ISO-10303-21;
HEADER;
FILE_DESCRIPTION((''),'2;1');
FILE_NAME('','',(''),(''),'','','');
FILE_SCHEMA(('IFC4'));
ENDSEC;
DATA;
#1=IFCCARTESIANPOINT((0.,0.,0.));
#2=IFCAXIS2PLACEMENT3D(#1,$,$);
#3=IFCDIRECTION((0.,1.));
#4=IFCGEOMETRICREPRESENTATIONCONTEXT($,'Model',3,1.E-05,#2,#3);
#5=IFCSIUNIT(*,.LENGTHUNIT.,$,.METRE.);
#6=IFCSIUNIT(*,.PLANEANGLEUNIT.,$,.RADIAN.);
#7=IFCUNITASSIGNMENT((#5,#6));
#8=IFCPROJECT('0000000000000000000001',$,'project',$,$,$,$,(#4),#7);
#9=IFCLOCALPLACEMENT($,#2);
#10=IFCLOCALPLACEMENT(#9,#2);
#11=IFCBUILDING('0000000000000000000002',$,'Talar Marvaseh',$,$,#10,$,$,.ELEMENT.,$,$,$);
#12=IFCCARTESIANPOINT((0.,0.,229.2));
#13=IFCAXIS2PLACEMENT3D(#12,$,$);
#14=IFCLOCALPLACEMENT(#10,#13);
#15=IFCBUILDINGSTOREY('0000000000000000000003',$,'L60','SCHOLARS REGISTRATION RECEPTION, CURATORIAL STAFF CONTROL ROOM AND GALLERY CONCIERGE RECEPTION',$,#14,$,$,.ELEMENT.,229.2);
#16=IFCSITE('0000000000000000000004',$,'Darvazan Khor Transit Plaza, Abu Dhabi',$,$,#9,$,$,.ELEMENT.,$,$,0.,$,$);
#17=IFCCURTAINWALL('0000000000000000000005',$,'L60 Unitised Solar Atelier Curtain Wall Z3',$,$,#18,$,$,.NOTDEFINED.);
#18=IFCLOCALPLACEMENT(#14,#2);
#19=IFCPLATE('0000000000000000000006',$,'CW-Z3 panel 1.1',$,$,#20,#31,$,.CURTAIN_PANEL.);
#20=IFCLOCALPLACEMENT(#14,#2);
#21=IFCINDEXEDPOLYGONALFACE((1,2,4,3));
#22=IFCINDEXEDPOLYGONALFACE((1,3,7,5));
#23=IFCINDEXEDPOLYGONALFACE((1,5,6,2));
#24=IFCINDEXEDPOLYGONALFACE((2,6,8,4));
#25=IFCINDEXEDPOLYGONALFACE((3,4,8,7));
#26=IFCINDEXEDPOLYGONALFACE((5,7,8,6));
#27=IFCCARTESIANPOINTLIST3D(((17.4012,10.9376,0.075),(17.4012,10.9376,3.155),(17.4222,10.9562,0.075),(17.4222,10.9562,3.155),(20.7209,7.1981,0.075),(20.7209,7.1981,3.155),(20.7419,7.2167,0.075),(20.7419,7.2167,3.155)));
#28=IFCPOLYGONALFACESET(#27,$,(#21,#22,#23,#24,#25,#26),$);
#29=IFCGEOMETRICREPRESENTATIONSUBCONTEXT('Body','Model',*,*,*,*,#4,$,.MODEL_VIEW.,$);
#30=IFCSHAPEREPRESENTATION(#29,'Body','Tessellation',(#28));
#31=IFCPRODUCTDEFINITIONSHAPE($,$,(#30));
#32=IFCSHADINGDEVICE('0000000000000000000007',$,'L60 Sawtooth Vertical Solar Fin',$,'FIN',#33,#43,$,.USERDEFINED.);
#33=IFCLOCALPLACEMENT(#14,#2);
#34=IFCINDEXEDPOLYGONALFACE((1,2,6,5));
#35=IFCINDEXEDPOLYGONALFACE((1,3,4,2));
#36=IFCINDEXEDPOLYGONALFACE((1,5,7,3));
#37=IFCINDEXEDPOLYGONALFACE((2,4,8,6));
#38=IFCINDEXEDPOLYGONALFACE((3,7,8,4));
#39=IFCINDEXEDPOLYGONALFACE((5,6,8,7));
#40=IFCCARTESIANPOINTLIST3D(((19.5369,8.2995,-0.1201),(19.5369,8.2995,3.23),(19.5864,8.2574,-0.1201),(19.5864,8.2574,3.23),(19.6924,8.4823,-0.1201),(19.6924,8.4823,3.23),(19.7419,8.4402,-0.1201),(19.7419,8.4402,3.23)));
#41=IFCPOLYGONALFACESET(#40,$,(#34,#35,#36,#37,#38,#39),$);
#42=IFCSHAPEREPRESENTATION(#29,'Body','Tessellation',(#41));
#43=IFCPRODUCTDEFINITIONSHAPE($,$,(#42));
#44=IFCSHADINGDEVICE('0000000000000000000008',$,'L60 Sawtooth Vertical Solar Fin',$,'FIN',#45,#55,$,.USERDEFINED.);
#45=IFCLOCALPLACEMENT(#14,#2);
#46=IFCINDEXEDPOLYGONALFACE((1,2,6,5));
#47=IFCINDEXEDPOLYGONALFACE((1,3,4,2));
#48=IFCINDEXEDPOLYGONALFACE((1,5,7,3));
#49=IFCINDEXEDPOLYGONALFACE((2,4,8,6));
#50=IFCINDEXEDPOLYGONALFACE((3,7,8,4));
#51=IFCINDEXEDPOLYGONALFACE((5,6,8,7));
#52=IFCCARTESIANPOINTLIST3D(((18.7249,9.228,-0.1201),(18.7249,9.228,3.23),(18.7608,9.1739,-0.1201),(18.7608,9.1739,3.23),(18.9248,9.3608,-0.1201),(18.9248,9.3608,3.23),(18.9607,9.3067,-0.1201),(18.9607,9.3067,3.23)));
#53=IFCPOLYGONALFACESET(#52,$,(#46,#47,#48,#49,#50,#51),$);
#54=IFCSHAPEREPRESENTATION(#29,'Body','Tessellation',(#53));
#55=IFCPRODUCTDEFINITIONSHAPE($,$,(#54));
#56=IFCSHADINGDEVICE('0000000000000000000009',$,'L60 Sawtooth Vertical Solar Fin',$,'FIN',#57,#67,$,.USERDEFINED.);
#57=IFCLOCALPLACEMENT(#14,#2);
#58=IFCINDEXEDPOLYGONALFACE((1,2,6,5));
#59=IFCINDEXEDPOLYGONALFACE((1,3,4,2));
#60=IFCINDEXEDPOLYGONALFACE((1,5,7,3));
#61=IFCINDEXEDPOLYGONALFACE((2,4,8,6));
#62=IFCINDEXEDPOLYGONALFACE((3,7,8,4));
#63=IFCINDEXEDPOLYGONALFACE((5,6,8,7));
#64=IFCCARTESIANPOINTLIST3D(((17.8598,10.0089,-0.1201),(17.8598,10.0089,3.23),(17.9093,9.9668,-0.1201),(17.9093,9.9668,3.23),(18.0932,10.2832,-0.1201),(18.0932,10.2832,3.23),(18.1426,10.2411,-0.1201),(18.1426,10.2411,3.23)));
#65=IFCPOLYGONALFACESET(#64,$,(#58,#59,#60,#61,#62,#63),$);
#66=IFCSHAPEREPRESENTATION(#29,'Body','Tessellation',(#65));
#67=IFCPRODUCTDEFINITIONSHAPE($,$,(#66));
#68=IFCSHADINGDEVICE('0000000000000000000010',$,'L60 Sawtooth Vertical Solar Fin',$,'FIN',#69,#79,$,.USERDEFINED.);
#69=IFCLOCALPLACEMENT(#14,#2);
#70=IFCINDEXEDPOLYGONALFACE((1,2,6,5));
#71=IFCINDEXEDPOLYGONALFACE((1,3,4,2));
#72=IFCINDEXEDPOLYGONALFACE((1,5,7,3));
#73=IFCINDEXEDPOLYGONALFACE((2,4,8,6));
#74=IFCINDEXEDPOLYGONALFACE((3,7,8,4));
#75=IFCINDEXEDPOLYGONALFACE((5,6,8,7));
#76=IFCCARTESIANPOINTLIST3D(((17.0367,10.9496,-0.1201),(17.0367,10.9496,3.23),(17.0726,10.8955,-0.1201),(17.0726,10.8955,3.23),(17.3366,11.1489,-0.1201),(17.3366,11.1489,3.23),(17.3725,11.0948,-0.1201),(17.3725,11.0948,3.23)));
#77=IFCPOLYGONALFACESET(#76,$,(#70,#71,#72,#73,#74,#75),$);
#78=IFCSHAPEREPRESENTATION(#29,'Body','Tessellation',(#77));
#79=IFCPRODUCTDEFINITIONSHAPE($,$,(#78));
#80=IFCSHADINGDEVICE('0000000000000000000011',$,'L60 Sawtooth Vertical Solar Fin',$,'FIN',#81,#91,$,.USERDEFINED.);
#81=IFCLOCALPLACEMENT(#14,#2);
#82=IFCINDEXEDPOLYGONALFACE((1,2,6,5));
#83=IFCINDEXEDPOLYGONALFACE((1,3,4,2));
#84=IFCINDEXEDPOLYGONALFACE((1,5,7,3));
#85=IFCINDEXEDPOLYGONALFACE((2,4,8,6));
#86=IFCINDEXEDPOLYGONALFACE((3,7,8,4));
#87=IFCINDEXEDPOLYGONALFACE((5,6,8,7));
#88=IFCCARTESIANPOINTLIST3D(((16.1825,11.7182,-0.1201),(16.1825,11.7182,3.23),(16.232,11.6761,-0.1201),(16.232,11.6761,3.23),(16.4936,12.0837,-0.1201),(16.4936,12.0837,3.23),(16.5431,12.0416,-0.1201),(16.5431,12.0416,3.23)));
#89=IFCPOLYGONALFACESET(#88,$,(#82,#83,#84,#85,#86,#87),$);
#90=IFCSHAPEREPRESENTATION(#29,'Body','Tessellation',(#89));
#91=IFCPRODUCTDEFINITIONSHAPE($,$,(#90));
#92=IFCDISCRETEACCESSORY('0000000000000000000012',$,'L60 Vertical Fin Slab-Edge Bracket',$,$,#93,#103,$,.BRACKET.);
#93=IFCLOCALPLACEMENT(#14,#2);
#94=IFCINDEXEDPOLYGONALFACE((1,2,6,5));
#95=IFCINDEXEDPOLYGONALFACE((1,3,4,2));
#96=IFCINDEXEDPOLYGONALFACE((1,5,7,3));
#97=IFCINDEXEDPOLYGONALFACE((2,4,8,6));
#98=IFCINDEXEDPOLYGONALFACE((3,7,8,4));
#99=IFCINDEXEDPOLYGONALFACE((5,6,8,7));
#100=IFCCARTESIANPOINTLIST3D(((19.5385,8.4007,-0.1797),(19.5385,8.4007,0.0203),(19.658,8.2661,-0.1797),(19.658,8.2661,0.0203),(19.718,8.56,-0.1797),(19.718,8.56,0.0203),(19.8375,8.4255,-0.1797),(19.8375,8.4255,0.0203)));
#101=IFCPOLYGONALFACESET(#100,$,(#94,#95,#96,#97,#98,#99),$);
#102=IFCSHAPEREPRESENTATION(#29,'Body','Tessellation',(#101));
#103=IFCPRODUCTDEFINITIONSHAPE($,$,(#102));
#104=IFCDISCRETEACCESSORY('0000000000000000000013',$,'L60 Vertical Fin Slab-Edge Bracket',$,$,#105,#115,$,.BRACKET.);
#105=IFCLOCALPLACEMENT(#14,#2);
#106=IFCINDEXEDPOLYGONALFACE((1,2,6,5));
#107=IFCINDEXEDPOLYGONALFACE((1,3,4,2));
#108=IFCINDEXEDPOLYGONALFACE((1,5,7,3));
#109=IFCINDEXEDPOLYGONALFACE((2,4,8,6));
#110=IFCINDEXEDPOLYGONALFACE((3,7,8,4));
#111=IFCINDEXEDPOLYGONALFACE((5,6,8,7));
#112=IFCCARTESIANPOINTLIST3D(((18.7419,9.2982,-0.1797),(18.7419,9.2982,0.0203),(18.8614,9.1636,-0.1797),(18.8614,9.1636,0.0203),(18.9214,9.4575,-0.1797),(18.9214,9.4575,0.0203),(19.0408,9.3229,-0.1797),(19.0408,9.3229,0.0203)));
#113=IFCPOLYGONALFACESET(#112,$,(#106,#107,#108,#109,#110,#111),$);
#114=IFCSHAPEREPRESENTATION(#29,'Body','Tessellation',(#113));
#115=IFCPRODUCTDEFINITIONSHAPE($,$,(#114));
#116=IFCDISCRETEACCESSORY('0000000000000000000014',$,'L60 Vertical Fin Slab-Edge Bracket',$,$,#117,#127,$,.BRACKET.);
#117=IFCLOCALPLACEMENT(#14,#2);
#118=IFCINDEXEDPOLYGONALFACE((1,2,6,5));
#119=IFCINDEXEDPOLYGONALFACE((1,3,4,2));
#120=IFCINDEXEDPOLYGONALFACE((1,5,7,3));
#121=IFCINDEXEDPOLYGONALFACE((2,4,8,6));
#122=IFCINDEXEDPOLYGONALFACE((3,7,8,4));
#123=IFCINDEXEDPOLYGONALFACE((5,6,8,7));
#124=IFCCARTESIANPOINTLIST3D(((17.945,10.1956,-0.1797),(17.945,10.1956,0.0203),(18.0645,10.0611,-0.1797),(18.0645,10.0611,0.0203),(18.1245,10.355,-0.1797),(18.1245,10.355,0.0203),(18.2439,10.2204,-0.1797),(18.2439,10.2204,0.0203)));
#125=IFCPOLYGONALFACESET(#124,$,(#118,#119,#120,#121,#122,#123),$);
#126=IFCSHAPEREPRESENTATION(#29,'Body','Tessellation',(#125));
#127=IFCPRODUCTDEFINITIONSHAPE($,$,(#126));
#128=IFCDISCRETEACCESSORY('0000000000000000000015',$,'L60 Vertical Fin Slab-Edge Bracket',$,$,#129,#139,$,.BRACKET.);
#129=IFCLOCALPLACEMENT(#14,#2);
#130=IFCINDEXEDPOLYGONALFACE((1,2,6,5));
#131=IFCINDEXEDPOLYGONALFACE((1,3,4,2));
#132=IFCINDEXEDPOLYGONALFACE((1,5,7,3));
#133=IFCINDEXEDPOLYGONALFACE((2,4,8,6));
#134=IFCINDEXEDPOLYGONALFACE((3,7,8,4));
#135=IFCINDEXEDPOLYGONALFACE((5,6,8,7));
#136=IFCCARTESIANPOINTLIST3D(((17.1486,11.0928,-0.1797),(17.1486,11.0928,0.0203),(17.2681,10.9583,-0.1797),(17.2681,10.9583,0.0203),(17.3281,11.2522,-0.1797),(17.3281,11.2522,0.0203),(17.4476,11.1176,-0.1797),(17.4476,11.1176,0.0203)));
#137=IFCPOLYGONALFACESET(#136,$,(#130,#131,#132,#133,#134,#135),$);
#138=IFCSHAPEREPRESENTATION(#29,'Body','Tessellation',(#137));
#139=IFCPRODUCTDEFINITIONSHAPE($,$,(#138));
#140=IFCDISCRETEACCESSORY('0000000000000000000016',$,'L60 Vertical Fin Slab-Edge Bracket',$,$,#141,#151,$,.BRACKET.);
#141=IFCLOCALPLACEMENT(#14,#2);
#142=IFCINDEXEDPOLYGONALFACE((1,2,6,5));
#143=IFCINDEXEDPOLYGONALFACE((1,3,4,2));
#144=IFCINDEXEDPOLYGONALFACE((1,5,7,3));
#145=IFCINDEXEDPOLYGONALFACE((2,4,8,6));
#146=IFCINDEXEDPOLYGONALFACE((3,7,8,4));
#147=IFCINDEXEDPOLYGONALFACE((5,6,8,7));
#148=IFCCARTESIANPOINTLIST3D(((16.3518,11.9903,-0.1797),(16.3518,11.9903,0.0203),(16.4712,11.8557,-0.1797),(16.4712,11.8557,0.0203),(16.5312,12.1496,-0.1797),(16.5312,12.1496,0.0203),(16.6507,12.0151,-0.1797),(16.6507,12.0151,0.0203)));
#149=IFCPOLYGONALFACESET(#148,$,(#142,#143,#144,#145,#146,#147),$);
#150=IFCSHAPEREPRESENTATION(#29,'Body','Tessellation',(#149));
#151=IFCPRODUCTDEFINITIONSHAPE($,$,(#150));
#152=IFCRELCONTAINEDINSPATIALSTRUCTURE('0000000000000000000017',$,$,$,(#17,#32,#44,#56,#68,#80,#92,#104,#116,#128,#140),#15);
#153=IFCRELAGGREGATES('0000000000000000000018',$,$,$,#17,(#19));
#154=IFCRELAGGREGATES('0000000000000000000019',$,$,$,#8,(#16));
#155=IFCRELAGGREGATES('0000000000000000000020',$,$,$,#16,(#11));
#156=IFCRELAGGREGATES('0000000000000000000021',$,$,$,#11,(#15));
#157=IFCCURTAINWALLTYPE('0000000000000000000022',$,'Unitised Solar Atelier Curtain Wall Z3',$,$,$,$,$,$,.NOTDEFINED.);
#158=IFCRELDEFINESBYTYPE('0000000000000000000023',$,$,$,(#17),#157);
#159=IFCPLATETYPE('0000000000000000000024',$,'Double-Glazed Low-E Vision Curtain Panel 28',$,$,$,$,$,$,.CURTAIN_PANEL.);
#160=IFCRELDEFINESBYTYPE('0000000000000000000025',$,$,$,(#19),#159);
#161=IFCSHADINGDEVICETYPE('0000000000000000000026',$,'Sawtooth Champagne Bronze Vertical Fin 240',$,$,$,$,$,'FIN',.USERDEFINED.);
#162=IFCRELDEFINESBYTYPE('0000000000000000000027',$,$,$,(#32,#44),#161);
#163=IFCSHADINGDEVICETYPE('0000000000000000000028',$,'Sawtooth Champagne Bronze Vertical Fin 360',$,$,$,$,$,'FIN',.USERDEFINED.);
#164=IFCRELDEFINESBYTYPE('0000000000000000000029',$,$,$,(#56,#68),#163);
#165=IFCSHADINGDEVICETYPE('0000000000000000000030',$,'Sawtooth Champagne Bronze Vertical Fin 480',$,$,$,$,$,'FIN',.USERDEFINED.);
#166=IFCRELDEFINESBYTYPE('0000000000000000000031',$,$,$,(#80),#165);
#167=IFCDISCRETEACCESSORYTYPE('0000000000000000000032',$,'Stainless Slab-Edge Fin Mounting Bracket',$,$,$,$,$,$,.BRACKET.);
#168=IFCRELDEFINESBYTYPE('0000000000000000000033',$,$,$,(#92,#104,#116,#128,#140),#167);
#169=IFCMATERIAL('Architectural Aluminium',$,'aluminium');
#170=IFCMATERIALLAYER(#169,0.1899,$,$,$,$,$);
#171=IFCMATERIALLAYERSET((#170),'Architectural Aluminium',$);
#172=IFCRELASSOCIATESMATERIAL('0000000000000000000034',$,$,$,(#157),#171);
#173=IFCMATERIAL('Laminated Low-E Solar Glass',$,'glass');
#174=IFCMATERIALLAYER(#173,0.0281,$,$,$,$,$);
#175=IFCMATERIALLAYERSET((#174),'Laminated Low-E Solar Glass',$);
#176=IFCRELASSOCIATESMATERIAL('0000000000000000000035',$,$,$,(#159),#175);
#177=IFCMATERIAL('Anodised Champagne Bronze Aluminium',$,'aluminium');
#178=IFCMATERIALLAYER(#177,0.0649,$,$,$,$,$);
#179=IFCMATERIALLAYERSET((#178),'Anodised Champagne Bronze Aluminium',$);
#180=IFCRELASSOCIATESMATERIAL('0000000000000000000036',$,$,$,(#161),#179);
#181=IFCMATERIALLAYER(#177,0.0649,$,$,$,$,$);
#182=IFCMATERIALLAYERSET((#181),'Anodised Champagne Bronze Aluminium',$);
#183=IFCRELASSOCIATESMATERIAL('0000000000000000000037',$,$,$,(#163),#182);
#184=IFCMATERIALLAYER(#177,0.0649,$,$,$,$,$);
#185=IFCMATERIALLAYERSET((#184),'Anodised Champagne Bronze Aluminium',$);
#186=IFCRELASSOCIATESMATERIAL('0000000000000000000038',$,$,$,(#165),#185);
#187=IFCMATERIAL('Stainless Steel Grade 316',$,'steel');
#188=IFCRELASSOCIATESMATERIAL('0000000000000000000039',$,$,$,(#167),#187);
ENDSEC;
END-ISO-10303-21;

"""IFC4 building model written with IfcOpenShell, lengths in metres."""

from ifc_helpers import new_model, si_unit, direction, frame, origin, origin_2d, place, context, subcontext, project, spatial, rectangle, extrude, source, transform, mapped, material, layer, layer_set, type_object, type_shapes, element, aggregate, save


model = new_model("IFC4")

# Units and contexts
model_context = context("Model", 3, precision=1e-05, world=origin(), true_north=direction((0.0, 1.0)))
body_context = subcontext(model_context, "Body", "Model", "MODEL_VIEW")
ifc_project = project(units=[si_unit("LENGTHUNIT", "METRE"), si_unit("PLANEANGLEUNIT", "RADIAN")], contexts=[model_context])

# Site, building, storey
site_placement = place(None, origin())
site = spatial("IfcSite", under=ifc_project, at=site_placement, Name="Darvazan Khor Transit Plaza, Abu Dhabi", CompositionType="ELEMENT", RefElevation=0.0)
building_placement = place(site_placement, origin())
building = spatial("IfcBuilding", under=site, at=building_placement, Name="Talar Marvaseh", CompositionType="ELEMENT")
storey_placement = place(building_placement, frame((0.0, 0.0, 229.2)))
storey = spatial("IfcBuildingStorey", under=building, at=storey_placement, Name="L60", Description="SCHOLARS REGISTRATION RECEPTION, CURATORIAL STAFF CONTROL ROOM AND GALLERY CONCIERGE RECEPTION", CompositionType="ELEMENT", Elevation=229.2)

# Curtain wall, plate
ifc_material_1 = material(Name="Architectural Aluminium", Category="aluminium")
ifc_layer_1 = layer(ifc_material_1, 0.1899)
ifc_layer_set_1 = layer_set([ifc_layer_1], Name="Architectural Aluminium")
curtain_wall_type = type_object("IfcCurtainWallType", Name="Unitised Solar Atelier Curtain Wall Z3", PredefinedType="NOTDEFINED", material=ifc_layer_set_1)
curtain_wall_placement = place(storey_placement, origin())
curtain_wall = element("IfcCurtainWall", 1, at=curtain_wall_placement, inside=storey, type_object=curtain_wall_type, Name="L60 Unitised Solar Atelier Curtain Wall Z3", PredefinedType="NOTDEFINED")
ifc_material_2 = material(Name="Laminated Low-E Solar Glass", Category="glass")
ifc_layer_2 = layer(ifc_material_2, 0.0281)
ifc_layer_set_2 = layer_set([ifc_layer_2], Name="Laminated Low-E Solar Glass")
plate_type = type_object("IfcPlateType", Name="Double-Glazed Low-E Vision Curtain Panel 28", PredefinedType="CURTAIN_PANEL", material=ifc_layer_set_2)
shared_shape_1 = source(origin(), body_context, "Body", "SweptSolid", [
    extrude(rectangle(XDim=5.0005, YDim=0.0281, at=origin_2d()), origin(), (0.0, 0.0, 1.0), 3.0801),
])
type_shapes(plate_type, [shared_shape_1])
plate_placement = place(storey_placement, frame((19.0715, 9.0771, 0.075), z_axis=(0.0, 0.0, 1.0), x_axis=(-0.663882, 0.747838, 0.0)))
plate = element("IfcPlate", 2, at=plate_placement, type_object=plate_type, Name="CW-Z3 panel 1.1", PredefinedType="CURTAIN_PANEL", context=body_context, shape_type="MappedRepresentation", body=[
    mapped(shared_shape_1, transform((0.0, 0.0, 0.0), x_axis=(1.0, 0.0, 0.0), y_axis=(0.0, 1.0, 0.0), z_axis=(0.0, 0.0, 1.0), scale=1.0)),
])
aggregate(curtain_wall, [plate])

# Shading devices
ifc_material_3 = material(Name="Anodised Champagne Bronze Aluminium", Category="aluminium")
ifc_layer_3 = layer(ifc_material_3, 0.0649)
ifc_layer_set_3 = layer_set([ifc_layer_3], Name="Anodised Champagne Bronze Aluminium")
shading_device_type_1 = type_object("IfcShadingDeviceType", Name="Sawtooth Champagne Bronze Vertical Fin 240", ElementType="FIN", PredefinedType="USERDEFINED", material=ifc_layer_set_3)
shared_shape_2 = source(origin(), body_context, "Body", "SweptSolid", [
    extrude(rectangle(XDim=0.24, YDim=0.0649, at=origin_2d()), origin(), (0.0, 0.0, 1.0), 3.3501),
])
type_shapes(shading_device_type_1, [shared_shape_2])
for number, where, z_axis, x_axis, name in (
    (3, (19.6394, 8.3699, -0.1201), (0.0, 0.0, 1.0), (-0.64812, -0.761538, 0.0), "L60 Sawtooth Vertical Solar Fin"),
    (4, (18.8428, 9.2673, -0.1201), (0.0, 0.0, 1.0), (-0.832921, -0.553392, 0.0), "L60 Sawtooth Vertical Solar Fin"),
):
    element("IfcShadingDevice", number, at=place(storey_placement, frame(where, z_axis=z_axis, x_axis=x_axis)), inside=storey, type_object=shading_device_type_1, Name=name, ObjectType="FIN", PredefinedType="USERDEFINED", context=body_context, shape_type="MappedRepresentation", body=[
        mapped(shared_shape_2, transform((0.0, 0.0, 0.0), x_axis=(1.0, 0.0, 0.0), y_axis=(0.0, 1.0, 0.0), z_axis=(0.0, 0.0, 1.0), scale=1.0)),
    ])
ifc_layer_4 = layer(ifc_material_3, 0.0649)
ifc_layer_set_4 = layer_set([ifc_layer_4], Name="Anodised Champagne Bronze Aluminium")
shading_device_type_2 = type_object("IfcShadingDeviceType", Name="Sawtooth Champagne Bronze Vertical Fin 360", ElementType="FIN", PredefinedType="USERDEFINED", material=ifc_layer_set_4)
shared_shape_3 = source(origin(), body_context, "Body", "SweptSolid", [
    extrude(rectangle(XDim=0.3601, YDim=0.0649, at=origin_2d()), origin(), (0.0, 0.0, 1.0), 3.3501),
])
type_shapes(shading_device_type_2, [shared_shape_3])
for number, where, z_axis, x_axis, name in (
    (5, (18.0012, 10.125, -0.1201), (0.0, 0.0, 1.0), (-0.64812, -0.761538, 0.0), "L60 Sawtooth Vertical Solar Fin"),
    (6, (17.2046, 11.0222, -0.1201), (0.0, 0.0, 1.0), (-0.832921, -0.553392, 0.0), "L60 Sawtooth Vertical Solar Fin"),
):
    element("IfcShadingDevice", number, at=place(storey_placement, frame(where, z_axis=z_axis, x_axis=x_axis)), inside=storey, type_object=shading_device_type_2, Name=name, ObjectType="FIN", PredefinedType="USERDEFINED", context=body_context, shape_type="MappedRepresentation", body=[
        mapped(shared_shape_3, transform((0.0, 0.0, 0.0), x_axis=(1.0, 0.0, 0.0), y_axis=(0.0, 1.0, 0.0), z_axis=(0.0, 0.0, 1.0), scale=1.0)),
    ])
ifc_layer_5 = layer(ifc_material_3, 0.0649)
ifc_layer_set_5 = layer_set([ifc_layer_5], Name="Anodised Champagne Bronze Aluminium")
shading_device_type_3 = type_object("IfcShadingDeviceType", Name="Sawtooth Champagne Bronze Vertical Fin 480", ElementType="FIN", PredefinedType="USERDEFINED", material=ifc_layer_set_5)
shared_shape_4 = source(origin(), body_context, "Body", "SweptSolid", [
    extrude(rectangle(XDim=0.48, YDim=0.0649, at=origin_2d()), origin(), (0.0, 0.0, 1.0), 3.3501),
])
type_shapes(shading_device_type_3, [shared_shape_4])
shading_device_placement = place(storey_placement, frame((16.3628, 11.8799, -0.1201), z_axis=(0.0, 0.0, 1.0), x_axis=(-0.64812, -0.761538, 0.0)))
element("IfcShadingDevice", 7, at=shading_device_placement, inside=storey, type_object=shading_device_type_3, Name="L60 Sawtooth Vertical Solar Fin", ObjectType="FIN", PredefinedType="USERDEFINED", context=body_context, shape_type="MappedRepresentation", body=[
    mapped(shared_shape_4, transform((0.0, 0.0, 0.0), x_axis=(1.0, 0.0, 0.0), y_axis=(0.0, 1.0, 0.0), z_axis=(0.0, 0.0, 1.0), scale=1.0)),
])

# Discrete accessories
ifc_material_4 = material(Name="Stainless Steel Grade 316", Category="steel")
discrete_accessory_type = type_object("IfcDiscreteAccessoryType", Name="Stainless Slab-Edge Fin Mounting Bracket", PredefinedType="BRACKET", material=ifc_material_4)
shared_shape_5 = source(origin(), body_context, "Body", "SweptSolid", [
    extrude(rectangle(XDim=0.24, YDim=0.1799, at=origin_2d()), origin(), (0.0, 0.0, 1.0), 0.2),
])
type_shapes(discrete_accessory_type, [shared_shape_5])
for number, where, z_axis, x_axis, name in (
    (8, (19.688, 8.4131, -0.1797), (0.0, 0.0, 1.0), (-0.747798, -0.663926, 0.0), "L60 Vertical Fin Slab-Edge Bracket"),
    (9, (18.8914, 9.3105, -0.1797), (0.0, 0.0, 1.0), (-0.747798, -0.663926, 0.0), "L60 Vertical Fin Slab-Edge Bracket"),
    (10, (18.0945, 10.208, -0.1797), (0.0, 0.0, 1.0), (-0.747798, -0.663926, 0.0), "L60 Vertical Fin Slab-Edge Bracket"),
    (11, (17.2981, 11.1052, -0.1797), (0.0, 0.0, 1.0), (-0.747798, -0.663926, 0.0), "L60 Vertical Fin Slab-Edge Bracket"),
    (12, (16.5012, 12.0027, -0.1797), (0.0, 0.0, 1.0), (-0.747798, -0.663926, 0.0), "L60 Vertical Fin Slab-Edge Bracket"),
):
    element("IfcDiscreteAccessory", number, at=place(storey_placement, frame(where, z_axis=z_axis, x_axis=x_axis)), inside=storey, type_object=discrete_accessory_type, Name=name, PredefinedType="BRACKET", context=body_context, shape_type="MappedRepresentation", body=[
        mapped(shared_shape_5, transform((0.0, 0.0, 0.0), x_axis=(1.0, 0.0, 0.0), y_axis=(0.0, 1.0, 0.0), z_axis=(0.0, 0.0, 1.0), scale=1.0)),
    ])

save(model, "model.ifc")
